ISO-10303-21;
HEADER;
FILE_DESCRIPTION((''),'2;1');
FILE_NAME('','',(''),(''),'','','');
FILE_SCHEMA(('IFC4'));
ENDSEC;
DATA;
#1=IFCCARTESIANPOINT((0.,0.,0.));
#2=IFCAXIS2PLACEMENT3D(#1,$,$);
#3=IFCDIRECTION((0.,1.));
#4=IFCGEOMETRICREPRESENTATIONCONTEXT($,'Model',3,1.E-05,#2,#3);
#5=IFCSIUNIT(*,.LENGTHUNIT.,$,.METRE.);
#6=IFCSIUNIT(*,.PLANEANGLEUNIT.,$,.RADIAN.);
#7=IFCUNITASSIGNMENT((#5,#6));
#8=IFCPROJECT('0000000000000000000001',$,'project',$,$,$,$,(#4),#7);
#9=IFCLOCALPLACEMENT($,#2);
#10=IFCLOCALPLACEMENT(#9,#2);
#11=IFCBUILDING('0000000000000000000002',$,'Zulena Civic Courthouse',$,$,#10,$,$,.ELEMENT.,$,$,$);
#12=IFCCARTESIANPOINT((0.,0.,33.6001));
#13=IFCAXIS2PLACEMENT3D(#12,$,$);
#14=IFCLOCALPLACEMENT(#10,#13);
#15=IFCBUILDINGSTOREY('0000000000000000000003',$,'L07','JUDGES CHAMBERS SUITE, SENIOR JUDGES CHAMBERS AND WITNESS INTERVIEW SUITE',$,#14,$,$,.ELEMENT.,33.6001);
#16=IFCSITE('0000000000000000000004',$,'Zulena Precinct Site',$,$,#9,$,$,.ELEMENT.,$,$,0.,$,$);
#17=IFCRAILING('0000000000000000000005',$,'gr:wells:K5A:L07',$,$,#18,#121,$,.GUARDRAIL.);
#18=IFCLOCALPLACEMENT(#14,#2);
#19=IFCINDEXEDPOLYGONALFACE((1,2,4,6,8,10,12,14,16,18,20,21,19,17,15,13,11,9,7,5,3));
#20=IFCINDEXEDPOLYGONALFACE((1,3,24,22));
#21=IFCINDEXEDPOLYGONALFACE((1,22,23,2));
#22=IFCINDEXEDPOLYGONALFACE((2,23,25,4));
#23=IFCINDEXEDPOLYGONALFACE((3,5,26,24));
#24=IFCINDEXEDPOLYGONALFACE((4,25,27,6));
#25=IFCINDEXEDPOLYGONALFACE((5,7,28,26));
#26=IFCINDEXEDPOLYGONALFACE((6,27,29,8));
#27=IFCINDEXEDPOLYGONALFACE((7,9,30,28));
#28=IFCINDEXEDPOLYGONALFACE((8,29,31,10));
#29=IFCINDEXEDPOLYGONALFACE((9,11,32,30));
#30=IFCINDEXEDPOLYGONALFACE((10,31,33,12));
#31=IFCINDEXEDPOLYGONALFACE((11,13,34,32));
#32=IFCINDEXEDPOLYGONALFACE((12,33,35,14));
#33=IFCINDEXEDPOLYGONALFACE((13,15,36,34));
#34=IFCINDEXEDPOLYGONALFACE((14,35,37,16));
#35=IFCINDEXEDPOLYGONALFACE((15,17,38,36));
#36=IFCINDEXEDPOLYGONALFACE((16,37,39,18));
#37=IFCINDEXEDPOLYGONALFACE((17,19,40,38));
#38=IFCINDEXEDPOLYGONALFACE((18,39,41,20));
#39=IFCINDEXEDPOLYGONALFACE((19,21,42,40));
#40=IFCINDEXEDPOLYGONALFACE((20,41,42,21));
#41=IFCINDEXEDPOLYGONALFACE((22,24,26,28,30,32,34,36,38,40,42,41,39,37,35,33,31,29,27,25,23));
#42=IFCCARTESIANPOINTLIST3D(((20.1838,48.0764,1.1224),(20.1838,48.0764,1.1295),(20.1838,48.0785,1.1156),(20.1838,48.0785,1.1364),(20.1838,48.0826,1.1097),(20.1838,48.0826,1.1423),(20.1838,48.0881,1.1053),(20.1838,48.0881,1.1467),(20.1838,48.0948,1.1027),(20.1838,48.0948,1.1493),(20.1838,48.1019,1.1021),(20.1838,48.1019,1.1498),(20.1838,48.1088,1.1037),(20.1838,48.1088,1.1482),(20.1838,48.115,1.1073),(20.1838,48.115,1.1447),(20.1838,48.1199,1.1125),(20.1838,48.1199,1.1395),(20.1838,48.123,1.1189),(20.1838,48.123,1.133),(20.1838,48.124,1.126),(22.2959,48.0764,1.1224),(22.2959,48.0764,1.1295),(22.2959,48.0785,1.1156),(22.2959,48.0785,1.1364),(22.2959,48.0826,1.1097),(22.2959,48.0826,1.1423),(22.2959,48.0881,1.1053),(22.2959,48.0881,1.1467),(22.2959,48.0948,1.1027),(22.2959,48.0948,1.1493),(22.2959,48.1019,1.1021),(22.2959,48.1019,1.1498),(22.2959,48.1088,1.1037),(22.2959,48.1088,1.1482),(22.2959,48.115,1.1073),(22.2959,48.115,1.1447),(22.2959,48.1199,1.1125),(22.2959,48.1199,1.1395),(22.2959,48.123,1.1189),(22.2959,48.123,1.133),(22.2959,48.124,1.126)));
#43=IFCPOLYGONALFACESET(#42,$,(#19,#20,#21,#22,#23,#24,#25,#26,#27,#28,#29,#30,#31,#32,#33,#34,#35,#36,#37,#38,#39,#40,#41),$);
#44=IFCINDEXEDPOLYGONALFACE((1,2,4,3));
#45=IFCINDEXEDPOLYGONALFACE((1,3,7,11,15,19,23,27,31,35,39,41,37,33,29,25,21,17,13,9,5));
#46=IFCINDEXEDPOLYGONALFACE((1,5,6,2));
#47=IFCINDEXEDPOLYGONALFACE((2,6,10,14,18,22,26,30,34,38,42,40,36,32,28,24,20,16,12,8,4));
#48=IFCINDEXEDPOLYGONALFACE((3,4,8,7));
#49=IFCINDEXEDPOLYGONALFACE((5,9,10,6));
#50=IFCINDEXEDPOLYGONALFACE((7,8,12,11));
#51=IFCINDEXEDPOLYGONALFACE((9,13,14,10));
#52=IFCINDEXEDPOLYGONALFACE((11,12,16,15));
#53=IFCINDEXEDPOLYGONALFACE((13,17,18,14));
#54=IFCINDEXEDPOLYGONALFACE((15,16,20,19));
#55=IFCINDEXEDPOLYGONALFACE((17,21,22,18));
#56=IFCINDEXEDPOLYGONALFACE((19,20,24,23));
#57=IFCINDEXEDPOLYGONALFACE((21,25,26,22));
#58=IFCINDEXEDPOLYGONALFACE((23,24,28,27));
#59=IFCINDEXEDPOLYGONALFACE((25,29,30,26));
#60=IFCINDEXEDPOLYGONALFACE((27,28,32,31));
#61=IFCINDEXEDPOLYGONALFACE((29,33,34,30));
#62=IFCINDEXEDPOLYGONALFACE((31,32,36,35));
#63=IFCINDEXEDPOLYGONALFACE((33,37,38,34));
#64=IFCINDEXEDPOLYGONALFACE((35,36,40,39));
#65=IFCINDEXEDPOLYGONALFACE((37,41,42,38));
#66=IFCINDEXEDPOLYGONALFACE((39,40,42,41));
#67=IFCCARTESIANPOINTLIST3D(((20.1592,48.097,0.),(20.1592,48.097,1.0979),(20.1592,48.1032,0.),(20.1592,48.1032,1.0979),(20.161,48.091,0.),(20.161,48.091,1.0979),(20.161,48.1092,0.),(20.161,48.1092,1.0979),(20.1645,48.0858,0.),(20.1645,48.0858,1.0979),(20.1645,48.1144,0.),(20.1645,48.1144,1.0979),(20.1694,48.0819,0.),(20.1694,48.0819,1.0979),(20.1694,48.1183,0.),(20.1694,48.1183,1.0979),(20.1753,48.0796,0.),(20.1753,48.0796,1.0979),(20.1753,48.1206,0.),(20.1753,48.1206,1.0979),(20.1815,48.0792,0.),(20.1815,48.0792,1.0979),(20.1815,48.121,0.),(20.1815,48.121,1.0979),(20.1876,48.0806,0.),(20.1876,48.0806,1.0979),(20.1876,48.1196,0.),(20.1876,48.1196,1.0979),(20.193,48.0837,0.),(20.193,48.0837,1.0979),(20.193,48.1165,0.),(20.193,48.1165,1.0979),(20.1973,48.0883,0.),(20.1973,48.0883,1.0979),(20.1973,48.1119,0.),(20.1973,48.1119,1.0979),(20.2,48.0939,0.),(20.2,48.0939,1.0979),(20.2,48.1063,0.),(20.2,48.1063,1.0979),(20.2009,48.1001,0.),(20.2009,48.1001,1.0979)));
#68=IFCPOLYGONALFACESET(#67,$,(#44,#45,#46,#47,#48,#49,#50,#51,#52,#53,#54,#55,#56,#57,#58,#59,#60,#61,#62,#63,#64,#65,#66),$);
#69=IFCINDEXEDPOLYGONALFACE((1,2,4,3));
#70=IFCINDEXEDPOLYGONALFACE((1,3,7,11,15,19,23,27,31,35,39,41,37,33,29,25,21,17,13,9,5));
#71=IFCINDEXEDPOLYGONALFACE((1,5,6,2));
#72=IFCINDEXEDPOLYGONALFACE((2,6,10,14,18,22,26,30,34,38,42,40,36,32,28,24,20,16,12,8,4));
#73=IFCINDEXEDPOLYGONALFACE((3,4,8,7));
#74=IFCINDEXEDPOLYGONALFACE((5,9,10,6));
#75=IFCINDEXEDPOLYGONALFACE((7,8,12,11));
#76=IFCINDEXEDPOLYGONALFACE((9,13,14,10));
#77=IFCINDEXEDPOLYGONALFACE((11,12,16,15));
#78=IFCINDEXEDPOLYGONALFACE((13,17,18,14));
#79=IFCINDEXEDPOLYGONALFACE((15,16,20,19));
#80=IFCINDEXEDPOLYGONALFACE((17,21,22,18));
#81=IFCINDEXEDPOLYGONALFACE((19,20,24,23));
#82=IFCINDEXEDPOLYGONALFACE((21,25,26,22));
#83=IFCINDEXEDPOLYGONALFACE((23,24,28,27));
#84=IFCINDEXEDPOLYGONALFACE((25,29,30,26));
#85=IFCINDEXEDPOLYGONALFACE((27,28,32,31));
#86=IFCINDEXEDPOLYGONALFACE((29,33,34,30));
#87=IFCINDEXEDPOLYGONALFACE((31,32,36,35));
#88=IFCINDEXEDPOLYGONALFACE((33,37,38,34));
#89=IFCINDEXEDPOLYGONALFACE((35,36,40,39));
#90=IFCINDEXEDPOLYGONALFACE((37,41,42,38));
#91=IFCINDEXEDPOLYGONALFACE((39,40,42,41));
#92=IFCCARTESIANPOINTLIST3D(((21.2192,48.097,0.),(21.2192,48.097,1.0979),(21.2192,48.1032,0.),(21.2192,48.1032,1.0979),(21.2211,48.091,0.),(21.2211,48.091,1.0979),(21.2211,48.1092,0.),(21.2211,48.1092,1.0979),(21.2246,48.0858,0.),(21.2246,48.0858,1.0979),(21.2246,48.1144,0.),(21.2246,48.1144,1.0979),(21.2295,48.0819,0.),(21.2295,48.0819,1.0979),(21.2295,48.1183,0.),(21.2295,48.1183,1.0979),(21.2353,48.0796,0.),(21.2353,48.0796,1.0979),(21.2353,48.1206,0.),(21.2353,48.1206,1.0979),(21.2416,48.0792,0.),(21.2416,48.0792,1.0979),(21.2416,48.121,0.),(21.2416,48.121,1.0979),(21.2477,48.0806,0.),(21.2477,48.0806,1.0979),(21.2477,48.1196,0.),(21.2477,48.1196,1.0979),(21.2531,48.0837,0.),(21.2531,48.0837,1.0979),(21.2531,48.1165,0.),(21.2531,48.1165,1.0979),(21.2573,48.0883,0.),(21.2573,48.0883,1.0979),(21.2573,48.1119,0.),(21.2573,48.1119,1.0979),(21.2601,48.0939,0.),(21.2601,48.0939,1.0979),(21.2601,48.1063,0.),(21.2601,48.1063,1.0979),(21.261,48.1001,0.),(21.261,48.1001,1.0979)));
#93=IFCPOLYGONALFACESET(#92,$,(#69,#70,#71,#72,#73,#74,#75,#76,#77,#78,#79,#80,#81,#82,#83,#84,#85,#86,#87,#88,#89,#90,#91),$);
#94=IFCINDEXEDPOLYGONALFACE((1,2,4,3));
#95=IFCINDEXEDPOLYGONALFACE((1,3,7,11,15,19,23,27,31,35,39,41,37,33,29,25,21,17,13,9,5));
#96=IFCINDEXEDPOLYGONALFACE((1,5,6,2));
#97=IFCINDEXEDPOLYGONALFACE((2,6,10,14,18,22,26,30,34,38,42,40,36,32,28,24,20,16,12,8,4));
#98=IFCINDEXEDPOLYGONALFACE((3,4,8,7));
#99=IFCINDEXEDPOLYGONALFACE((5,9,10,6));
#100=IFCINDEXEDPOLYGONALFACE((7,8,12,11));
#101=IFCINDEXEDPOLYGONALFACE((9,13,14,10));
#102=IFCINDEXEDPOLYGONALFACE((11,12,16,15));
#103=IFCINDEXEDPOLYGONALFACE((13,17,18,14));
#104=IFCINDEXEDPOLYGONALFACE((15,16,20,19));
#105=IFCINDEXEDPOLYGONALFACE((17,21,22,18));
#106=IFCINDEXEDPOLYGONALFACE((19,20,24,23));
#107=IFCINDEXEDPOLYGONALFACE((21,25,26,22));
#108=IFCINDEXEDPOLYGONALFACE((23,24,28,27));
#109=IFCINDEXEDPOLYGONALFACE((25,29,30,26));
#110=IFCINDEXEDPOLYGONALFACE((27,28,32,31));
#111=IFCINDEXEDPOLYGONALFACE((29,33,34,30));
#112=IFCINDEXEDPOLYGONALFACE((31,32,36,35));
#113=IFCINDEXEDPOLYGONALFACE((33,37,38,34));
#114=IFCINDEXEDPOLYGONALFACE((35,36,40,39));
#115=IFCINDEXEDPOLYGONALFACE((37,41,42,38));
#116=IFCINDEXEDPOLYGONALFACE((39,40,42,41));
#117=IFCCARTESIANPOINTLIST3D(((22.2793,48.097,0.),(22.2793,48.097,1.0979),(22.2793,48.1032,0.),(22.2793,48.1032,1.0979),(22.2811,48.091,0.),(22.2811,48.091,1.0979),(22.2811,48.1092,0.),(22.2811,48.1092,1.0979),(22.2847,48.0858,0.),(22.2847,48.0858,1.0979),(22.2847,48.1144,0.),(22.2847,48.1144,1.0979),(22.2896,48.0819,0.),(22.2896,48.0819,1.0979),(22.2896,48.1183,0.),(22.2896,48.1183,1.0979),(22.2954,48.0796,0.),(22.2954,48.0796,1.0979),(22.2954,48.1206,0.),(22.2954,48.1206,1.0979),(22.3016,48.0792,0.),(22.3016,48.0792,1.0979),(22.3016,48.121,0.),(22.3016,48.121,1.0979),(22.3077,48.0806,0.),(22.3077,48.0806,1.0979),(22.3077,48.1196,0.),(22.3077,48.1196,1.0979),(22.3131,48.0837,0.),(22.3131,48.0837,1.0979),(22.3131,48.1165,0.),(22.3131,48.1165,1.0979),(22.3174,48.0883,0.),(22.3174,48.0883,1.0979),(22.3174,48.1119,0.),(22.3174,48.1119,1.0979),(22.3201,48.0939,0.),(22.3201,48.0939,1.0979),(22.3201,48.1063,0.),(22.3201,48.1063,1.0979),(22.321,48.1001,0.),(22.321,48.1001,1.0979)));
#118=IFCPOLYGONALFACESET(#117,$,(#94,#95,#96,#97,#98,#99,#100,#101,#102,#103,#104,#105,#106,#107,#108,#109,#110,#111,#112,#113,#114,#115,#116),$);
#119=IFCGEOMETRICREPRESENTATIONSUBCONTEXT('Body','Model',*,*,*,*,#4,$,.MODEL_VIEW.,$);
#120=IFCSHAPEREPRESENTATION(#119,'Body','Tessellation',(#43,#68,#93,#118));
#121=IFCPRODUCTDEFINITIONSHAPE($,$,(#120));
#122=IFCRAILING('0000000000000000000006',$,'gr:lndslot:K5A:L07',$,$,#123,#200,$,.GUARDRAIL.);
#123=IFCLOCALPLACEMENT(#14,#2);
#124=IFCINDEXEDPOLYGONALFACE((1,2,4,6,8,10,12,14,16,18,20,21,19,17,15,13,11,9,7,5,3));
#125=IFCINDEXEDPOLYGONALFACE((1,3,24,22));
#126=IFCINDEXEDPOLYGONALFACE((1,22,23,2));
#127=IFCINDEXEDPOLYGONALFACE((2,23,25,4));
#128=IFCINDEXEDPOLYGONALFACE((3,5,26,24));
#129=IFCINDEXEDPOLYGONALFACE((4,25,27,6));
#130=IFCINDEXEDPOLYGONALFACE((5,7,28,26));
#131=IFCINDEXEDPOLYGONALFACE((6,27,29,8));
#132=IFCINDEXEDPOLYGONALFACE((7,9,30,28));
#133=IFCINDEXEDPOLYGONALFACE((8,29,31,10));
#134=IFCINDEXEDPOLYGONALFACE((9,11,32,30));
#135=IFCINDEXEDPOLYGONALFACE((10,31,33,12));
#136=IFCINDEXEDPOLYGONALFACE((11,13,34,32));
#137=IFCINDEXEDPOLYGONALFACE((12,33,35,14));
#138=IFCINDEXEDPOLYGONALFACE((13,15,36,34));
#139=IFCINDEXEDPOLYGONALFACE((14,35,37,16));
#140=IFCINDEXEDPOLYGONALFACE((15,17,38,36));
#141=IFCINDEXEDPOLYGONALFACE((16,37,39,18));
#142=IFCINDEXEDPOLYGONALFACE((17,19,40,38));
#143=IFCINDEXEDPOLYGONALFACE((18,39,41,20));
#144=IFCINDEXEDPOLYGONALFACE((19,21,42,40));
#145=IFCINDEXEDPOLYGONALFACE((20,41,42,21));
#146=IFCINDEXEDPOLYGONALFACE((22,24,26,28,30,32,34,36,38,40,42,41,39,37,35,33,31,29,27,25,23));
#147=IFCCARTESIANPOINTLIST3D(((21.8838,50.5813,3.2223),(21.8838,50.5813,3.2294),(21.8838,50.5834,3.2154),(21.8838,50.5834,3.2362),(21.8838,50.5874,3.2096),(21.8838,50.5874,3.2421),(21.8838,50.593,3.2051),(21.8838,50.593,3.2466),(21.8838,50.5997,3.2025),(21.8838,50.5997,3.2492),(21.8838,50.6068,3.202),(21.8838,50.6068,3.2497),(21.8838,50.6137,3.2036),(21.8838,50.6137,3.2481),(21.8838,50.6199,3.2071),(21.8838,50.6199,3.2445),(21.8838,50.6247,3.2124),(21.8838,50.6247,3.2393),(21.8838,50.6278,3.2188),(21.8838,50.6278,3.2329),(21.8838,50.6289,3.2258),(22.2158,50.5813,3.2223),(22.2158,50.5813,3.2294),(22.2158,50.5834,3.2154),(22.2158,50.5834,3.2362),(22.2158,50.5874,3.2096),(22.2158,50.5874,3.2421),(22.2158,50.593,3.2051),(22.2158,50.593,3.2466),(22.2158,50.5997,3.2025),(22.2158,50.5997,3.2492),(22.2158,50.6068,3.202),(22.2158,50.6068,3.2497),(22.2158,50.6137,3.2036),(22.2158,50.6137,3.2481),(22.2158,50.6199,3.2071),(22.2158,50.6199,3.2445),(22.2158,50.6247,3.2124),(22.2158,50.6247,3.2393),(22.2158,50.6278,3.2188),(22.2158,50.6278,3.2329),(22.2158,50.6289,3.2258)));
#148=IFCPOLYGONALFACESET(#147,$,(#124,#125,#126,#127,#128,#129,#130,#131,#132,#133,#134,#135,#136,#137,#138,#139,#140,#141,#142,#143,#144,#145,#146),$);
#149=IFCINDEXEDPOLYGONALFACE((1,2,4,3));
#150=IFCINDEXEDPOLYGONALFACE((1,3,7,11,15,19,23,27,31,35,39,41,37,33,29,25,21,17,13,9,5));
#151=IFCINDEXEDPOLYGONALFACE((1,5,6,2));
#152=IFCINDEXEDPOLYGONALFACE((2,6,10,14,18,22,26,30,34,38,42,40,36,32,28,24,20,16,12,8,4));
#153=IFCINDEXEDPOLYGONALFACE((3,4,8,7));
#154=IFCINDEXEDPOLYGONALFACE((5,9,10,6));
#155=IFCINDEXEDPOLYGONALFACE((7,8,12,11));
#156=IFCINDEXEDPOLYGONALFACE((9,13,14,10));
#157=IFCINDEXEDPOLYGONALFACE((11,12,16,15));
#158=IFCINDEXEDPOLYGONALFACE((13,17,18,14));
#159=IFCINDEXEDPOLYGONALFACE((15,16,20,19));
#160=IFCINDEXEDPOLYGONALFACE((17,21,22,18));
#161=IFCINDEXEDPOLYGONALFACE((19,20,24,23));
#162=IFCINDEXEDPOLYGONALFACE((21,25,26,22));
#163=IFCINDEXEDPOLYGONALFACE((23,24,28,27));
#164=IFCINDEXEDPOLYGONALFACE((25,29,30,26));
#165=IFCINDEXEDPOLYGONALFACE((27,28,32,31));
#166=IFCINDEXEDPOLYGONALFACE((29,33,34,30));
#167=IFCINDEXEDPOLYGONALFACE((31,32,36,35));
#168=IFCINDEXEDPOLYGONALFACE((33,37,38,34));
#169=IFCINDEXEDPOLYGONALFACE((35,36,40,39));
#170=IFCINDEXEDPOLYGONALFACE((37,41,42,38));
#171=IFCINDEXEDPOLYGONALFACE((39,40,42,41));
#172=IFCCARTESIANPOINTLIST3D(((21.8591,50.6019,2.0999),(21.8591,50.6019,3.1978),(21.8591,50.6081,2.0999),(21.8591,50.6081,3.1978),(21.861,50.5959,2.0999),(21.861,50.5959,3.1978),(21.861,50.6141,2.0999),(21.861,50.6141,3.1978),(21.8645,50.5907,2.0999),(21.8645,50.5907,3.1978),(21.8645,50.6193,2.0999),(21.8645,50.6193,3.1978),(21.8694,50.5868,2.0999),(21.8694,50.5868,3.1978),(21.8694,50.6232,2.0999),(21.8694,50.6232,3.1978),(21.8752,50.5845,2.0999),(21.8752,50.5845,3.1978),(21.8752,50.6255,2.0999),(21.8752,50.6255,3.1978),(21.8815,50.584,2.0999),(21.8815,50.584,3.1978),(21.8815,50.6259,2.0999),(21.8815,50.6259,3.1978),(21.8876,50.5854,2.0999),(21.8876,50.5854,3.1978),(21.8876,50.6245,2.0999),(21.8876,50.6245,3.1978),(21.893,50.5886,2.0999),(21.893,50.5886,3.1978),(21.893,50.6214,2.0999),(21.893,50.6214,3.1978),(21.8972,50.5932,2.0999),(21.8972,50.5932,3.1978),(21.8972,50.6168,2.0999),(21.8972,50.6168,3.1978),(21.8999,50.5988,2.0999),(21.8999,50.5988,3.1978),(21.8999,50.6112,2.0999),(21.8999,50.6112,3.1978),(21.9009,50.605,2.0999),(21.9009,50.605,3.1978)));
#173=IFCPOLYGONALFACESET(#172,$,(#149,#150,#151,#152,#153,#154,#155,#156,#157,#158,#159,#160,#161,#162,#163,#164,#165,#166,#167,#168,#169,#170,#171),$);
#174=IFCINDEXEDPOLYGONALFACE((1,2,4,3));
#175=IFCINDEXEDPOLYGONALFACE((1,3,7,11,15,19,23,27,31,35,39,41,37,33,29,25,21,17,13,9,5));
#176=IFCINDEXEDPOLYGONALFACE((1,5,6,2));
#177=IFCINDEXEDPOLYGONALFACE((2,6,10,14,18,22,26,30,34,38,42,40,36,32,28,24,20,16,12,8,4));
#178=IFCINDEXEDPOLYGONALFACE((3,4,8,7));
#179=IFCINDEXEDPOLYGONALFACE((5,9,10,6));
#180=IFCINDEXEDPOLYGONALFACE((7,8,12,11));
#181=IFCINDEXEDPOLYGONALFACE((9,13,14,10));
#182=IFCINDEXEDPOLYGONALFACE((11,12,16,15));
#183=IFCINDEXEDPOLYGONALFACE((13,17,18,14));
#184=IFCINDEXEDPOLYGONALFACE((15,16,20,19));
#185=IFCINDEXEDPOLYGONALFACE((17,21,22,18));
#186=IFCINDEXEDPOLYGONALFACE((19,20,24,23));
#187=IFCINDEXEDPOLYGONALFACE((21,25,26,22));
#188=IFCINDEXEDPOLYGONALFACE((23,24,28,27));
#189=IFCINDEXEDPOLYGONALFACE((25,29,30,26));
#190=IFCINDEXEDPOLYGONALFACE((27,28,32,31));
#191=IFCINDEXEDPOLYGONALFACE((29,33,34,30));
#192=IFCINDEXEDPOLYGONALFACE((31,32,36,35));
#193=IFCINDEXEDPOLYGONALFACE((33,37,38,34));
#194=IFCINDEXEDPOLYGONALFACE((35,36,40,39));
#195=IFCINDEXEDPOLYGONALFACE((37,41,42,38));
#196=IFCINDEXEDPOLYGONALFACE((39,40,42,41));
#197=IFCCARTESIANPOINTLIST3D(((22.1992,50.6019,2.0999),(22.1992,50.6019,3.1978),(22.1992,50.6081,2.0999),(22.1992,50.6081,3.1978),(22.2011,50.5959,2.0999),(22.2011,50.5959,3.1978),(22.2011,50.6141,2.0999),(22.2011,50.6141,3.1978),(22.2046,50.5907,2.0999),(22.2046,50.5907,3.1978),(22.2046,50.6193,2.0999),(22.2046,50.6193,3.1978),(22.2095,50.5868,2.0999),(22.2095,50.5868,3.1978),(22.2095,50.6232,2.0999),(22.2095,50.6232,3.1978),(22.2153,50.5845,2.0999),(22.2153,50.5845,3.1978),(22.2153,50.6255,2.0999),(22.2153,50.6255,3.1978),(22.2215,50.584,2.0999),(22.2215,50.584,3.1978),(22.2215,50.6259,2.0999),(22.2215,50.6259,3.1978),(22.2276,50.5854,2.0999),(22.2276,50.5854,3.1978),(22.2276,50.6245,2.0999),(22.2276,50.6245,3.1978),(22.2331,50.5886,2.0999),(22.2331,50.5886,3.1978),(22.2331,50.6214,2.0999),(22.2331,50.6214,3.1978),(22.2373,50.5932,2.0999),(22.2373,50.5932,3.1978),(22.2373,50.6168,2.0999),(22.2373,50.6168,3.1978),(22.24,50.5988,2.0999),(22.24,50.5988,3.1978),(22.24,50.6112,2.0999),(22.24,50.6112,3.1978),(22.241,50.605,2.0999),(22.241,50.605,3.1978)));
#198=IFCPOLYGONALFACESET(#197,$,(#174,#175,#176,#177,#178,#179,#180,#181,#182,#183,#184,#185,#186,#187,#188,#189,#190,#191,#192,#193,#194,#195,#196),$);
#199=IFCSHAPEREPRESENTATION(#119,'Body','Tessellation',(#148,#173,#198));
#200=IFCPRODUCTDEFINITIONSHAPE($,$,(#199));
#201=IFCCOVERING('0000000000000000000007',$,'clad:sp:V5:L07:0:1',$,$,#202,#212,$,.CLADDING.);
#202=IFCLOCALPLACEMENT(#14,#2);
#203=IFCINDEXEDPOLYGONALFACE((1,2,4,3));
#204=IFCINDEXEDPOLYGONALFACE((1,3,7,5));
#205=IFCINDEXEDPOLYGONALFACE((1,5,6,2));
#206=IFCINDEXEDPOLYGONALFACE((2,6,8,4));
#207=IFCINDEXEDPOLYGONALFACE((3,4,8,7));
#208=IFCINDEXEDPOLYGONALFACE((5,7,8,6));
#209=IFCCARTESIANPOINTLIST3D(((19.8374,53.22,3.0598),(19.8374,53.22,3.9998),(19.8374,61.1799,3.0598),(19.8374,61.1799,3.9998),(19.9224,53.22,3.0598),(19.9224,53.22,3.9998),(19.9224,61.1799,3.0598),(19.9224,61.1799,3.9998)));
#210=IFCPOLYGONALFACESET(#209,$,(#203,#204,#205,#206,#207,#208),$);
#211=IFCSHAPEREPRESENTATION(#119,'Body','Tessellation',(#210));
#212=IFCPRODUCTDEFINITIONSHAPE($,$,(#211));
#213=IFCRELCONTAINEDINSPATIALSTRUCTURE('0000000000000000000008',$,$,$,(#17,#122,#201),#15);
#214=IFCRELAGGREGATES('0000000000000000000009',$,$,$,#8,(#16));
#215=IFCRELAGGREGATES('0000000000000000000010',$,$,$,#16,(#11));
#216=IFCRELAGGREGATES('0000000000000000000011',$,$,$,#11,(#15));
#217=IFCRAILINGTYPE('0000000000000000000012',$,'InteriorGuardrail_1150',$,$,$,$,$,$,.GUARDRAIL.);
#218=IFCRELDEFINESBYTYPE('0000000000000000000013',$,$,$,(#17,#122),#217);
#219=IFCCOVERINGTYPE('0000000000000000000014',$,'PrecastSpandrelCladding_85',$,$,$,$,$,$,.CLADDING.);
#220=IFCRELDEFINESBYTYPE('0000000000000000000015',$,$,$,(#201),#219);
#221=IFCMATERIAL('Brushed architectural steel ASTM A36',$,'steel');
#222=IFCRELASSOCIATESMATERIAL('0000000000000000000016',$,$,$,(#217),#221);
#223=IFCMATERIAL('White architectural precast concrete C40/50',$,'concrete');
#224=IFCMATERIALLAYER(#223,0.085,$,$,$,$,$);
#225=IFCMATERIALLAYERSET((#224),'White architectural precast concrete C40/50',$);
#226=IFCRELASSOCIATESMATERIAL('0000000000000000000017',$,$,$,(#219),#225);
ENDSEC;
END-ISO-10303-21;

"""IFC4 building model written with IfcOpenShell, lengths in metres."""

from ifc_helpers import new_model, si_unit, direction, frame, origin, origin_2d, place, context, subcontext, project, spatial, rectangle, circle, extrude, material, layer, layer_set, type_object, element, save


model = new_model("IFC4")

# Units and contexts
model_context = context("Model", 3, precision=1e-05, world=origin(), true_north=direction((0.0, 1.0)))
body_context = subcontext(model_context, "Body", "Model", "MODEL_VIEW")
ifc_project = project(units=[si_unit("LENGTHUNIT", "METRE"), si_unit("PLANEANGLEUNIT", "RADIAN")], contexts=[model_context])

# Site, building, storey
site_placement = place(None, origin())
site = spatial("IfcSite", under=ifc_project, at=site_placement, Name="Zulena Precinct Site", CompositionType="ELEMENT", RefElevation=0.0)
building_placement = place(site_placement, origin())
building = spatial("IfcBuilding", under=site, at=building_placement, Name="Zulena Civic Courthouse", CompositionType="ELEMENT")
storey_placement = place(building_placement, frame((0.0, 0.0, 33.6001)))
storey = spatial("IfcBuildingStorey", under=building, at=storey_placement, Name="L07", Description="JUDGES CHAMBERS SUITE, SENIOR JUDGES CHAMBERS AND WITNESS INTERVIEW SUITE", CompositionType="ELEMENT", Elevation=33.6001)

# Railings
ifc_material_1 = material(Name="Brushed architectural steel ASTM A36", Category="steel")
railing_type_1 = type_object("IfcRailingType", Name="InteriorGuardrail_1150", PredefinedType="GUARDRAIL", material=ifc_material_1)
railing_1_placement = place(storey_placement, frame((20.1799, 48.1001, 0.0)))
element("IfcRailing", 1, at=railing_1_placement, inside=storey, type_object=railing_type_1, Name="gr:wells:K5A:L07", PredefinedType="GUARDRAIL", context=body_context, shape_type="SweptSolid", body=[
    extrude(circle(Radius=0.0239, at=origin_2d()), frame((0.0039, 0.0, 1.126), z_axis=(1.0, 0.0, 0.0), x_axis=(0.0, 1.0, 0.0)), (0.0, 0.0, 1.0), 2.1121),
    extrude(circle(Radius=0.021, at=origin_2d()), origin(), (0.0, 0.0, 1.0), 1.0979),
    extrude(circle(Radius=0.021, at=origin_2d()), frame((1.0601, 0.0, 0.0)), (0.0, 0.0, 1.0), 1.0979),
    extrude(circle(Radius=0.021, at=origin_2d()), frame((2.1201, 0.0, 0.0)), (0.0, 0.0, 1.0), 1.0979),
])
railing_2_placement = place(storey_placement, frame((21.8799, 50.605, 2.0999)))
element("IfcRailing", 2, at=railing_2_placement, inside=storey, type_object=railing_type_1, Name="gr:lndslot:K5A:L07", PredefinedType="GUARDRAIL", context=body_context, shape_type="SweptSolid", body=[
    extrude(circle(Radius=0.0239, at=origin_2d()), frame((0.0039, 0.0, 1.126), z_axis=(1.0, 0.0, 0.0), x_axis=(0.0, 1.0, 0.0)), (0.0, 0.0, 1.0), 0.332),
    extrude(circle(Radius=0.021, at=origin_2d()), origin(), (0.0, 0.0, 1.0), 1.0979),
    extrude(circle(Radius=0.021, at=origin_2d()), frame((0.3401, 0.0, 0.0)), (0.0, 0.0, 1.0), 1.0979),
])

# Covering
ifc_material_2 = material(Name="White architectural precast concrete C40/50", Category="concrete")
ifc_layer_1 = layer(ifc_material_2, 0.085)
ifc_layer_set_1 = layer_set([ifc_layer_1], Name="White architectural precast concrete C40/50")
covering_type = type_object("IfcCoveringType", Name="PrecastSpandrelCladding_85", PredefinedType="CLADDING", material=ifc_layer_set_1)
covering_placement = place(storey_placement, frame((19.8799, 57.2, 3.0598), z_axis=(0.0, 0.0, 1.0), x_axis=(0.0, 1.0, 0.0)))
element("IfcCovering", 3, at=covering_placement, inside=storey, type_object=covering_type, Name="clad:sp:V5:L07:0:1", PredefinedType="CLADDING", context=body_context, shape_type="SweptSolid", body=[
    extrude(rectangle(XDim=7.96, YDim=0.085, at=origin_2d()), origin(), (0.0, 0.0, 1.0), 0.9399),
])

save(model, "model.ifc")
